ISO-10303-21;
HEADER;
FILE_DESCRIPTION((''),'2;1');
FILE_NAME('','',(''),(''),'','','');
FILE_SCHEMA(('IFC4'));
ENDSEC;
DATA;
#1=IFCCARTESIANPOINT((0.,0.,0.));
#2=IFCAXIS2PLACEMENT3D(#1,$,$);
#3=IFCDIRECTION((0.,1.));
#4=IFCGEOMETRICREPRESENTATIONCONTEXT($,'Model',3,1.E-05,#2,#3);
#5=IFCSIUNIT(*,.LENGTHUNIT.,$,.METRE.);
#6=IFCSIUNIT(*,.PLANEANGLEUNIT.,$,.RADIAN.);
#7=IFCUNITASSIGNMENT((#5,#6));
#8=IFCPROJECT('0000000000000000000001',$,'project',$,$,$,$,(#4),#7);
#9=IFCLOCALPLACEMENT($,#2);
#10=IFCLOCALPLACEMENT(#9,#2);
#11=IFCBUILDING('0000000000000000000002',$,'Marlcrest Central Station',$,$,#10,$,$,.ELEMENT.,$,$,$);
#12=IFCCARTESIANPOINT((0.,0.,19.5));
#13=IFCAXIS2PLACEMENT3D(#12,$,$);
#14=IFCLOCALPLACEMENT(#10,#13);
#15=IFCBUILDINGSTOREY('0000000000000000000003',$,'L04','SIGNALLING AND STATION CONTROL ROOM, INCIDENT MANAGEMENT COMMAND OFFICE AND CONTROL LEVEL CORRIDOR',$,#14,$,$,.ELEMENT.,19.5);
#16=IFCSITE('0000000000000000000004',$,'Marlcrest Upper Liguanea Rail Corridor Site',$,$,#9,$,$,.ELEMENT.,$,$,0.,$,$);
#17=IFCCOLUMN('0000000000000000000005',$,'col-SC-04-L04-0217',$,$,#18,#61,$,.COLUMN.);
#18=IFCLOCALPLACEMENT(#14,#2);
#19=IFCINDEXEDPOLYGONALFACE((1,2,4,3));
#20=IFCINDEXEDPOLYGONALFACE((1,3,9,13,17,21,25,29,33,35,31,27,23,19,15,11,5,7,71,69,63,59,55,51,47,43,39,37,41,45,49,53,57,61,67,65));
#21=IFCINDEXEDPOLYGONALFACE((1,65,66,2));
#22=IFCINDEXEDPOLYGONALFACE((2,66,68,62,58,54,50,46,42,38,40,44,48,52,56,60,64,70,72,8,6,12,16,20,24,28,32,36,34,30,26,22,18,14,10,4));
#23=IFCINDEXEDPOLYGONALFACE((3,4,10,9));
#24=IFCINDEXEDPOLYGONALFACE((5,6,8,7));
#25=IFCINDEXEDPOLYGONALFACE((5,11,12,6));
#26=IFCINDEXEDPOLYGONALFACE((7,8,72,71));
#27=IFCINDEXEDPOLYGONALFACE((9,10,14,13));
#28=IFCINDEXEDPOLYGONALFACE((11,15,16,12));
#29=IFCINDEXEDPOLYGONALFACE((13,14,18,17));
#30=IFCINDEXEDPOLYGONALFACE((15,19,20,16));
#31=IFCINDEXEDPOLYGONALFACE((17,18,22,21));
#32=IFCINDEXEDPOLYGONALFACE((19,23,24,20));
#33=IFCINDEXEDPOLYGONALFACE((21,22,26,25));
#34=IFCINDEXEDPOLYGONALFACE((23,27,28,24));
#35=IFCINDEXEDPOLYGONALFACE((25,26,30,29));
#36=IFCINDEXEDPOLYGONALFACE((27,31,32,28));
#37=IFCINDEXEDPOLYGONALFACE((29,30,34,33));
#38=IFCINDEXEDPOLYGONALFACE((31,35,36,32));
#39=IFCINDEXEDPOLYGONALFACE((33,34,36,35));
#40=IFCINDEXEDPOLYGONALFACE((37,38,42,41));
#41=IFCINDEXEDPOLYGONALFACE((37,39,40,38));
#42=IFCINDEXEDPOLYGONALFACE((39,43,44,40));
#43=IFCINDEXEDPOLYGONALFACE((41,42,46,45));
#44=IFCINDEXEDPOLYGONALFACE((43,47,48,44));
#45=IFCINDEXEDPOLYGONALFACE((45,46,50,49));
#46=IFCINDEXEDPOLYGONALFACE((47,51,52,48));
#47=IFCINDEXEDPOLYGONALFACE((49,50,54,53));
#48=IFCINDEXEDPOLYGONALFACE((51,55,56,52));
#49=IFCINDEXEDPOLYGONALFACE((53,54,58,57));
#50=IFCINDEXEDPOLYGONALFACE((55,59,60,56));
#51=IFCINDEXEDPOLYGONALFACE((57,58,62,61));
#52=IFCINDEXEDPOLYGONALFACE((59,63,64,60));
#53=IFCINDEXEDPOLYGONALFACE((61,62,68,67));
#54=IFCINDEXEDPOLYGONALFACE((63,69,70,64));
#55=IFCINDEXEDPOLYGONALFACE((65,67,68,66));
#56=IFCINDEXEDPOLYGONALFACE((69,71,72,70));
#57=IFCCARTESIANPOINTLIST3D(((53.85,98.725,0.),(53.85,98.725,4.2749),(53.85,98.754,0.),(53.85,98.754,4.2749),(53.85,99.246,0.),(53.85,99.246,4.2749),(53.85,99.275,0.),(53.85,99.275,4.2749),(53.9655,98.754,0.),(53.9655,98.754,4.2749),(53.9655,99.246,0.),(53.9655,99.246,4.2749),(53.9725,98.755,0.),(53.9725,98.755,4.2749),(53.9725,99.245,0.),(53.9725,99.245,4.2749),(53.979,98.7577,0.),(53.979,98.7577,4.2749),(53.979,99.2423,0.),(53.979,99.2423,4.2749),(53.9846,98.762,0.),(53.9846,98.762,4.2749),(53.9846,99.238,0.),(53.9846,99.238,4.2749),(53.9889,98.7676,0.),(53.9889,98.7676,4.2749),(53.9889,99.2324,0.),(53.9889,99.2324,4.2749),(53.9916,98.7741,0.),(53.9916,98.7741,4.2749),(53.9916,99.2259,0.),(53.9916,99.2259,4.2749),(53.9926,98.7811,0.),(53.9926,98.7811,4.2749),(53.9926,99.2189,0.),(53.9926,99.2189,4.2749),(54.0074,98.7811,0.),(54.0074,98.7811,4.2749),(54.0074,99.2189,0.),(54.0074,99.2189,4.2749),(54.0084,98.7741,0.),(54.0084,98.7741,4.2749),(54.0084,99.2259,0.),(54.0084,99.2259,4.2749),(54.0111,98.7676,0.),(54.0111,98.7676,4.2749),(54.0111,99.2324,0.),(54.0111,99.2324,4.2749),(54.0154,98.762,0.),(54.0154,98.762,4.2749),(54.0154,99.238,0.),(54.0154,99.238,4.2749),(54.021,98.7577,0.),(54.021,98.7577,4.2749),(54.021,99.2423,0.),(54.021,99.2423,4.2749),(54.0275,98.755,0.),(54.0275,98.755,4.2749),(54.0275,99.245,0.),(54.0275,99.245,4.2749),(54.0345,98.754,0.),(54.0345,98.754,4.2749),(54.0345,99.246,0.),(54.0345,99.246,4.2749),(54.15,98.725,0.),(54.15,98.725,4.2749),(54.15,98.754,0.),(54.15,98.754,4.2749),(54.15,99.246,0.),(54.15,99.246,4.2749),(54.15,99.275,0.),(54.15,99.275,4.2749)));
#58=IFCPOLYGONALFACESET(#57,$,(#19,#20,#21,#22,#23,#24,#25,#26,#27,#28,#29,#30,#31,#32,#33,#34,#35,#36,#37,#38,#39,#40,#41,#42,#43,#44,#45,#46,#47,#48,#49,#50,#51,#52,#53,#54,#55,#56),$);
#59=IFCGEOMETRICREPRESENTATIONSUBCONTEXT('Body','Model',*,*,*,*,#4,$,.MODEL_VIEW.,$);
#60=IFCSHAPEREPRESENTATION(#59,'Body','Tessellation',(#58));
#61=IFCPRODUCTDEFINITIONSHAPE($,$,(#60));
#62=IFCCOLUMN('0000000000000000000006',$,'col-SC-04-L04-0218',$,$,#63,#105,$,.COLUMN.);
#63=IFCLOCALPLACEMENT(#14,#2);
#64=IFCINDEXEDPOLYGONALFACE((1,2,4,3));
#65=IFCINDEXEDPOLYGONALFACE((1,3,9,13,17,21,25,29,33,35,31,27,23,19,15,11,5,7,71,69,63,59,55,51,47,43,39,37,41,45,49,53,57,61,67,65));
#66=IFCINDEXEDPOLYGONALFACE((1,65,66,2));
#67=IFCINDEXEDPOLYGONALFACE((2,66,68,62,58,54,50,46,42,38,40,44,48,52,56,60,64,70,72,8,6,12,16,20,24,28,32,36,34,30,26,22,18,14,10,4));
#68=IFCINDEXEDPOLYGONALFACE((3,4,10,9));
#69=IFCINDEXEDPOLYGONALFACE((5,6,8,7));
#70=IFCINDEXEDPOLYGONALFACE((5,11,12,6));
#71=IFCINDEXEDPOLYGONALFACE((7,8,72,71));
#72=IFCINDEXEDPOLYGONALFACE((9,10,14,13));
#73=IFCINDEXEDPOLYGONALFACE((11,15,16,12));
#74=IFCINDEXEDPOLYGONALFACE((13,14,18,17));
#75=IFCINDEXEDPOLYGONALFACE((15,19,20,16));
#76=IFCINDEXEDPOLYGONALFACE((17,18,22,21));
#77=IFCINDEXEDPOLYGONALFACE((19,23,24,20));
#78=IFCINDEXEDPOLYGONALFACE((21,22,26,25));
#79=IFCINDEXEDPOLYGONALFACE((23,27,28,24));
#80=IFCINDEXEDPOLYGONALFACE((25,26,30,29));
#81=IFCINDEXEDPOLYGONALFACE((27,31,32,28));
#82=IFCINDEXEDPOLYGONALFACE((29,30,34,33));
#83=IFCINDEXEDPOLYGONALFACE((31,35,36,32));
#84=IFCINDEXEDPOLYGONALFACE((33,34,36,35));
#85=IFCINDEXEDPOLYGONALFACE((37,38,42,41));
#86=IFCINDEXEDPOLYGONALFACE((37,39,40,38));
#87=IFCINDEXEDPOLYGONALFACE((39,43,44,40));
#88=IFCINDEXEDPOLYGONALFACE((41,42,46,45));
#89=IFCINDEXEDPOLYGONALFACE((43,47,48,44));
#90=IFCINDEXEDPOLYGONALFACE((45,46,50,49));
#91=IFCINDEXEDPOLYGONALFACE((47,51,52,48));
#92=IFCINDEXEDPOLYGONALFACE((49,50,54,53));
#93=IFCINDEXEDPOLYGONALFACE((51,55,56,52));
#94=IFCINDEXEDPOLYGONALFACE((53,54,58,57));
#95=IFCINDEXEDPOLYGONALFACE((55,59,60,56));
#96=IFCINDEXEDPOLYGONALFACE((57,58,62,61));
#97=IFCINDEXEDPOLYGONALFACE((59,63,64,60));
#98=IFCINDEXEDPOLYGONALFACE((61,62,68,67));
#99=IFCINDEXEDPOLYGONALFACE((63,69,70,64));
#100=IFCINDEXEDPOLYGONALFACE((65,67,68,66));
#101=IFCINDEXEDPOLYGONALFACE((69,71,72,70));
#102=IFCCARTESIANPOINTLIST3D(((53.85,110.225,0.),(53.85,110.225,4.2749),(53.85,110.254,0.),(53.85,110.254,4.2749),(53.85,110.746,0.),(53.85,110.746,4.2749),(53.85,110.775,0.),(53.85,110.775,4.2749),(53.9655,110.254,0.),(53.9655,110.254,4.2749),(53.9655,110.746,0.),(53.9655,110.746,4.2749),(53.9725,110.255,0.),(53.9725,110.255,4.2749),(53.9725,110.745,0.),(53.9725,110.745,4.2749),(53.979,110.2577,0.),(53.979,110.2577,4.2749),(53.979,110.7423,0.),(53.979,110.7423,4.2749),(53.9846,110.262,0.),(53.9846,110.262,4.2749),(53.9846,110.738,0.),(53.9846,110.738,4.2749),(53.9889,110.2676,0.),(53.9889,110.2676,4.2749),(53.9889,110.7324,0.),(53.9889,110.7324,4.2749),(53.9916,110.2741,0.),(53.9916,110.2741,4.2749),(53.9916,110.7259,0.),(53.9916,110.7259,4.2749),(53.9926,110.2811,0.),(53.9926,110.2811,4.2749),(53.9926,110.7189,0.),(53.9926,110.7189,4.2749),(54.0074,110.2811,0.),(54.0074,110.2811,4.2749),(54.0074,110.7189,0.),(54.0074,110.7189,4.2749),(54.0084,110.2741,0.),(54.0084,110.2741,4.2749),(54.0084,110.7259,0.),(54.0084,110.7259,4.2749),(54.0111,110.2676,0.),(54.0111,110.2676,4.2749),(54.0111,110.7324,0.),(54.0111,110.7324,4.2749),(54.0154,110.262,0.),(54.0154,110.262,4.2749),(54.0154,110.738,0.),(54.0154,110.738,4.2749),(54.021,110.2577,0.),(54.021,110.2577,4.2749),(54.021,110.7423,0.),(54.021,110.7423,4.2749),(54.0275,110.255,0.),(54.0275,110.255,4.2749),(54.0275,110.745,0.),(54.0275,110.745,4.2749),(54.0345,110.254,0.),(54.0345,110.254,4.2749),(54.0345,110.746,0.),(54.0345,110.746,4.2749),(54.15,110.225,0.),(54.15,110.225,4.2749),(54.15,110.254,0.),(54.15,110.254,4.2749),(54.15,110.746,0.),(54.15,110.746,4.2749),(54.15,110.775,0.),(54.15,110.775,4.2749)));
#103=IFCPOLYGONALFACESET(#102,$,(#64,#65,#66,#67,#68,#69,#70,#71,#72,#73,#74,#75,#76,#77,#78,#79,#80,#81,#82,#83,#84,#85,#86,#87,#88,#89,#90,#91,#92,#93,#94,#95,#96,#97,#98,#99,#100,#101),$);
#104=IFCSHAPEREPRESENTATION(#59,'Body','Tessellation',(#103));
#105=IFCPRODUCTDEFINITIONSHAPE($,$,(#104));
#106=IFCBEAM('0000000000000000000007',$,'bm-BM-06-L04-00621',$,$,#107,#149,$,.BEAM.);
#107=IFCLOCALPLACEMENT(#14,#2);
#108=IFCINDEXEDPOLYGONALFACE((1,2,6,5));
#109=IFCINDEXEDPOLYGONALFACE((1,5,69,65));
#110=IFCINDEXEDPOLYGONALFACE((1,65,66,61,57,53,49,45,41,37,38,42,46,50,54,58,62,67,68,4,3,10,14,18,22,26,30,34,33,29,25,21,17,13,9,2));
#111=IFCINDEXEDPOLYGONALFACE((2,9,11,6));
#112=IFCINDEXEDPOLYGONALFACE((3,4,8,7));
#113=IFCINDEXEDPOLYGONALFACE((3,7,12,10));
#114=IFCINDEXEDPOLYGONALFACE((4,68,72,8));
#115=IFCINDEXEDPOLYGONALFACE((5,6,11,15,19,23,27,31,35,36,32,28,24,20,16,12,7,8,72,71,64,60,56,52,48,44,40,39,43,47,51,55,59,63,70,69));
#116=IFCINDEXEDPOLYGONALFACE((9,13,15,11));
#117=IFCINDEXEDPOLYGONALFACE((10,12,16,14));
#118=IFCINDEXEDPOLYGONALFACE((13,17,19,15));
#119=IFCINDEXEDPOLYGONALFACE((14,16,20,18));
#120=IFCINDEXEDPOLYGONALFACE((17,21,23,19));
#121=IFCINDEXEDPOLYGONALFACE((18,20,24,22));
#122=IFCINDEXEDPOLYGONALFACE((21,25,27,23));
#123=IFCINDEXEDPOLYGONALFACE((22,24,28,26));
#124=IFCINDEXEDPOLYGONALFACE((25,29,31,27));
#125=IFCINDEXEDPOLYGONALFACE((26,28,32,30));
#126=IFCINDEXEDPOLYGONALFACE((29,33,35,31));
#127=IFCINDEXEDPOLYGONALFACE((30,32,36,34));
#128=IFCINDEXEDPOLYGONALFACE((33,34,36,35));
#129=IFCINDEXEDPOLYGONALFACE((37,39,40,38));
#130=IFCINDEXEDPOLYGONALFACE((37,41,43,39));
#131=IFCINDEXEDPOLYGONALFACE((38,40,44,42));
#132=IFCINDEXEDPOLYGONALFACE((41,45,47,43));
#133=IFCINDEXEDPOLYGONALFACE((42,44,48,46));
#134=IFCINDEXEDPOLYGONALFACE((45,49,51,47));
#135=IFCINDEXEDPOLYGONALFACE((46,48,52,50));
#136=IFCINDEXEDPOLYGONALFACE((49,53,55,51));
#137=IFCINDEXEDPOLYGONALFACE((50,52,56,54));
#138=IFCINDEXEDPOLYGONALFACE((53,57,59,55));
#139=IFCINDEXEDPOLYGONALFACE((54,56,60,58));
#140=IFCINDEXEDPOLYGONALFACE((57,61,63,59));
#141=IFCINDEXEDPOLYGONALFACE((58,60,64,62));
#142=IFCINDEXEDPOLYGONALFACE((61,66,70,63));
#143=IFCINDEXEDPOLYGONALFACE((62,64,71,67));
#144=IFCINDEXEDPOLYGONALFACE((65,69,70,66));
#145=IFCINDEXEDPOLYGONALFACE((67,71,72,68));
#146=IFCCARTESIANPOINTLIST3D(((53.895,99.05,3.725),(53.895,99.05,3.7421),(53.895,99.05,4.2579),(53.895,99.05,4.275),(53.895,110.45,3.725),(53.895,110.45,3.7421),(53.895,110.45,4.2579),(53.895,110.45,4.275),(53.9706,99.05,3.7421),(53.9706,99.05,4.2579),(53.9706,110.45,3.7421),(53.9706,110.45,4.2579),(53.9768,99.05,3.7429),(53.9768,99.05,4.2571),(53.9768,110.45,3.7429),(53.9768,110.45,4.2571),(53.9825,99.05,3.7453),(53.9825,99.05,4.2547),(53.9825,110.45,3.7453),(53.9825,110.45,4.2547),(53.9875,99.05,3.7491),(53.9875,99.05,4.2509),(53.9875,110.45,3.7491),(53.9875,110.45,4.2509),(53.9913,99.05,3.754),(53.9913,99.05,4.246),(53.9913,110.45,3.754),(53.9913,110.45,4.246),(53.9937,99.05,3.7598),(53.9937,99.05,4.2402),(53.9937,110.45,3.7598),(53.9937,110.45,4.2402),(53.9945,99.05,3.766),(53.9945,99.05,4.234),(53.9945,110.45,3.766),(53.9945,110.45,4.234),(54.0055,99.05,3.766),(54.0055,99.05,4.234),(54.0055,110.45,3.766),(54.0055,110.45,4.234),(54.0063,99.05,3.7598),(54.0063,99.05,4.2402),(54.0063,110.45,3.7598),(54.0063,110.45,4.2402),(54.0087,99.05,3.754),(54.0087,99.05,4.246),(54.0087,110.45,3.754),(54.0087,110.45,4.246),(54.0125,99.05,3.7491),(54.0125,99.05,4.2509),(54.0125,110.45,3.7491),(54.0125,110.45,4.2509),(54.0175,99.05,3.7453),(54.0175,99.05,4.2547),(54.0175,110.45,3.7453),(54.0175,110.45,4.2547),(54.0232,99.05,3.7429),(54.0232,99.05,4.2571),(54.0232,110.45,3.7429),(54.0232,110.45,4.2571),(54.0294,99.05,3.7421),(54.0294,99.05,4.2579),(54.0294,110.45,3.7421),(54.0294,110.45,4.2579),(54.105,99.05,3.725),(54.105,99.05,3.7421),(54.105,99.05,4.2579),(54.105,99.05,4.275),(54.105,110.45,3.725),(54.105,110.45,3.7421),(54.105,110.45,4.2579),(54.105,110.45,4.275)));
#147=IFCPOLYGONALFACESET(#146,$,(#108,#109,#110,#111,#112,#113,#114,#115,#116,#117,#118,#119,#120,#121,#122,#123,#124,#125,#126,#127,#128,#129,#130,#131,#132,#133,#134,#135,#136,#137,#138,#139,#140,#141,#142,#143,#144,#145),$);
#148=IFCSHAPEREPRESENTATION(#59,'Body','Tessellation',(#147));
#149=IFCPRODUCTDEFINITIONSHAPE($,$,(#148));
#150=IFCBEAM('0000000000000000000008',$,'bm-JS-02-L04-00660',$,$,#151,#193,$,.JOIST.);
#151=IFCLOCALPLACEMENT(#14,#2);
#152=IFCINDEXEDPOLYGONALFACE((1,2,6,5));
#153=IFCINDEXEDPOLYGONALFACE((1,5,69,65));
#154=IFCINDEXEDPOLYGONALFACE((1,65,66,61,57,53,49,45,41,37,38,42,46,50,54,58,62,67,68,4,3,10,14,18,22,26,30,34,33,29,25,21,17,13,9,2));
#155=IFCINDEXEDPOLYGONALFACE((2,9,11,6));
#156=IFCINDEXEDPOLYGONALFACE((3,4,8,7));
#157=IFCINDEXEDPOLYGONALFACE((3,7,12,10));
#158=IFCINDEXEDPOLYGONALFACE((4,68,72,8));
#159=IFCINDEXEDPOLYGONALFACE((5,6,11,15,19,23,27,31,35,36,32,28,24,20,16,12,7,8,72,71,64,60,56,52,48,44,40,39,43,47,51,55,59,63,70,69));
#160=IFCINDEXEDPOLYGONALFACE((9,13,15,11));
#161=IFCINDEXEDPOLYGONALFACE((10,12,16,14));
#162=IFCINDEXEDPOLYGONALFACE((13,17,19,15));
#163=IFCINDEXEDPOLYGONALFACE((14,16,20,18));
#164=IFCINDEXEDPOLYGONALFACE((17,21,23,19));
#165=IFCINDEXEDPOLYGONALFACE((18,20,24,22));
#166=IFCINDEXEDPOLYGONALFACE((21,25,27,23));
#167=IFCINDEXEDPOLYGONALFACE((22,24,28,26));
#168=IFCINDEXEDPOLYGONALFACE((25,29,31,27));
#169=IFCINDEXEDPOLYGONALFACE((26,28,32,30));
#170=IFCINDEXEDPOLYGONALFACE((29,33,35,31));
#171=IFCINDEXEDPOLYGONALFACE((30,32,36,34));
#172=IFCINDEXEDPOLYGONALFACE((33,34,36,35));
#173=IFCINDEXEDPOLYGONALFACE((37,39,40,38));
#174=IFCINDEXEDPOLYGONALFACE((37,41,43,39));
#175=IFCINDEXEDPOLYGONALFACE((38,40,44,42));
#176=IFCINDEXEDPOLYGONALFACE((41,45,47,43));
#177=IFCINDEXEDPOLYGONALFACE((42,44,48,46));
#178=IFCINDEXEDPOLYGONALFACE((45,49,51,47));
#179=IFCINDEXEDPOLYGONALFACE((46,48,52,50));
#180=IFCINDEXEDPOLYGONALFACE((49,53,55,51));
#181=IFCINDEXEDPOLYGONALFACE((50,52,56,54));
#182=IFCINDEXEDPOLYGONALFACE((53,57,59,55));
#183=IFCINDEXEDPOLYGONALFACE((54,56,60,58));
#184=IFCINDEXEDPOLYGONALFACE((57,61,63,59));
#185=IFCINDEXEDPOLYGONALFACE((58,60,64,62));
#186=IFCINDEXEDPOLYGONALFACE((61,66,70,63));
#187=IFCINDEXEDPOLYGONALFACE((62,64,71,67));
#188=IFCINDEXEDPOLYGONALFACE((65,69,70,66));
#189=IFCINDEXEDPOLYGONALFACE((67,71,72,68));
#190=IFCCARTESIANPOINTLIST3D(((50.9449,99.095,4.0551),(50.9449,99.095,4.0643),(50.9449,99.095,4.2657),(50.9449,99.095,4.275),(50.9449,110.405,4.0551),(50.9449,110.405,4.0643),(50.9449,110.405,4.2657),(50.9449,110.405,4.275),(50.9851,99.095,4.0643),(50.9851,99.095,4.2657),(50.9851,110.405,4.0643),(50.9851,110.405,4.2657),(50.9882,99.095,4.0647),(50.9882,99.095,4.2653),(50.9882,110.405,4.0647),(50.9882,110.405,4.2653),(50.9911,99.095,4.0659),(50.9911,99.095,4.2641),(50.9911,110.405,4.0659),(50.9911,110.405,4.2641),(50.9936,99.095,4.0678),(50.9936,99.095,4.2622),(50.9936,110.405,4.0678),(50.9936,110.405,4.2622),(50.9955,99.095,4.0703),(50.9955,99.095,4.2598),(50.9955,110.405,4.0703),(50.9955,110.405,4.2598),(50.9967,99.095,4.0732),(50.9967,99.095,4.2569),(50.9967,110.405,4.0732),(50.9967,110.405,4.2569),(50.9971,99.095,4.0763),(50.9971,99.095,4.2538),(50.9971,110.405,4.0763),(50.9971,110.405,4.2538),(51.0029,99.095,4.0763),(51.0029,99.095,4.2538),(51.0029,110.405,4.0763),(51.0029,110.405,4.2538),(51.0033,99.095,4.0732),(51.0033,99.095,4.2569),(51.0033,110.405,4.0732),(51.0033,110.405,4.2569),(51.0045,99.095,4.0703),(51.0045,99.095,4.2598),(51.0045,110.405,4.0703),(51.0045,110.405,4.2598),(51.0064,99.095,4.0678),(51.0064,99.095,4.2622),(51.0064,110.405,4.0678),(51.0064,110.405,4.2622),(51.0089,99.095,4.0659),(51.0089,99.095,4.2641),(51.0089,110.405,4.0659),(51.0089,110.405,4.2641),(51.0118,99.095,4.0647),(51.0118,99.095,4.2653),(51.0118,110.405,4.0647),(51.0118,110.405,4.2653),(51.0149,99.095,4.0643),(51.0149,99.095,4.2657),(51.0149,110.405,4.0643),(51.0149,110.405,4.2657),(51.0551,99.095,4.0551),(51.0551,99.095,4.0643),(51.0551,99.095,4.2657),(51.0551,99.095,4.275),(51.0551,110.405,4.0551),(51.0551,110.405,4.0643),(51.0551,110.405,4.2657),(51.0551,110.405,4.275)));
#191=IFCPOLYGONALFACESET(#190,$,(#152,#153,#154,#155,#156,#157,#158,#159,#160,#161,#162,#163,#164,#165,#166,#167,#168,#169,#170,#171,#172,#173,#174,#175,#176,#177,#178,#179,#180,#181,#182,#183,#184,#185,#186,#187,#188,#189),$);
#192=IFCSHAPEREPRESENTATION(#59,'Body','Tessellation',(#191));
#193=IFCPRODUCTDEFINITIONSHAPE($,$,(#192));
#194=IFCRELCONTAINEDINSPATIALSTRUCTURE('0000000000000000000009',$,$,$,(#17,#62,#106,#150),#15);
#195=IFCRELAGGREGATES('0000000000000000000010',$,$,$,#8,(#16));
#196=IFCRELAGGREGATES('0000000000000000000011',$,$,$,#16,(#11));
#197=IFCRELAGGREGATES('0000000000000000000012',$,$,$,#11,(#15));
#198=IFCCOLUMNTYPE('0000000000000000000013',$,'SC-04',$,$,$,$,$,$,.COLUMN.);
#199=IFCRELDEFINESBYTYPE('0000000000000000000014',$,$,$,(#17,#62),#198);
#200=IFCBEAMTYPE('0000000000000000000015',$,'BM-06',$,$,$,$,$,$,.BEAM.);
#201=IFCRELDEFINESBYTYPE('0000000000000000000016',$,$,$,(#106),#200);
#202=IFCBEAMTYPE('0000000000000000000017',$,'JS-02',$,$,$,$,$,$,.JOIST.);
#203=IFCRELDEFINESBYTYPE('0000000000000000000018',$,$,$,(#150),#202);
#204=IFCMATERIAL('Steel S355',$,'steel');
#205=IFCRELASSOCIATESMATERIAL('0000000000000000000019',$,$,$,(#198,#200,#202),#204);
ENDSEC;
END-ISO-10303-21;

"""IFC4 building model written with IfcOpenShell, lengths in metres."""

from ifc_helpers import new_model, si_unit, direction, frame, origin, origin_2d, place, context, subcontext, project, spatial, i_section, extrude, material, material_profile, profile_set, type_object, element, save


model = new_model("IFC4")

# Units and contexts
model_context = context("Model", 3, precision=1e-05, world=origin(), true_north=direction((0.0, 1.0)))
body_context = subcontext(model_context, "Body", "Model", "MODEL_VIEW")
ifc_project = project(units=[si_unit("LENGTHUNIT", "METRE"), si_unit("PLANEANGLEUNIT", "RADIAN")], contexts=[model_context])

# Site, building, storey
site_placement = place(None, origin())
site = spatial("IfcSite", under=ifc_project, at=site_placement, Name="Marlcrest Upper Liguanea Rail Corridor Site", CompositionType="ELEMENT", RefElevation=0.0)
building_placement = place(site_placement, origin())
building = spatial("IfcBuilding", under=site, at=building_placement, Name="Marlcrest Central Station", CompositionType="ELEMENT")
storey_placement = place(building_placement, frame((0.0, 0.0, 19.5)))
storey = spatial("IfcBuildingStorey", under=building, at=storey_placement, Name="L04", Description="SIGNALLING AND STATION CONTROL ROOM, INCIDENT MANAGEMENT COMMAND OFFICE AND CONTROL LEVEL CORRIDOR", CompositionType="ELEMENT", Elevation=19.5)

# Columns
ifc_material_1 = material(Name="Steel S355", Category="steel")
ifc_material_profile_1 = material_profile(ifc_material_1, i_section(OverallWidth=0.3, OverallDepth=0.55, WebThickness=0.0149, FlangeThickness=0.0291, FilletRadius=0.0271, at=origin_2d()), Name="HEB 550")
ifc_profile_set_1 = profile_set([ifc_material_profile_1], Name="Steel S355")
column_type = type_object("IfcColumnType", Name="SC-04", PredefinedType="COLUMN", material=ifc_profile_set_1)
for number, where, z_axis, x_axis, name in (
    (1, (54.0, 99.0, 0.0), (0.0, 0.0, 1.0), (1.0, 0.0, 0.0), "col-SC-04-L04-0217"),
    (2, (54.0, 110.5, 0.0), (0.0, 0.0, 1.0), (1.0, 0.0, 0.0), "col-SC-04-L04-0218"),
):
    element("IfcColumn", number, at=place(storey_placement, frame(where, z_axis=z_axis, x_axis=x_axis)), inside=storey, type_object=column_type, Name=name, PredefinedType="COLUMN", context=body_context, shape_type="SweptSolid", body=[
        extrude(i_section(OverallWidth=0.3, OverallDepth=0.55, WebThickness=0.0149, FlangeThickness=0.0291, FilletRadius=0.0271, at=origin_2d()), origin(), (0.0, 0.0, 1.0), 4.2749),
    ])

# Beams
ifc_material_profile_2 = material_profile(ifc_material_1, i_section(OverallWidth=0.21, OverallDepth=0.55, WebThickness=0.011, FlangeThickness=0.0171, FilletRadius=0.0239, at=origin_2d()), Name="IPE 550")
ifc_profile_set_2 = profile_set([ifc_material_profile_2], Name="Steel S355")
beam_type_1 = type_object("IfcBeamType", Name="BM-06", PredefinedType="BEAM", material=ifc_profile_set_2)
beam_1_placement = place(storey_placement, frame((54.0, 99.05, 4.0), z_axis=(0.0, 1.0, 0.0), x_axis=(-1.0, 0.0, 0.0)))
element("IfcBeam", 3, at=beam_1_placement, inside=storey, type_object=beam_type_1, Name="bm-BM-06-L04-00621", PredefinedType="BEAM", context=body_context, shape_type="SweptSolid", body=[
    extrude(i_section(OverallWidth=0.21, OverallDepth=0.55, WebThickness=0.011, FlangeThickness=0.0171, FilletRadius=0.0239, at=origin_2d()), origin(), (0.0, 0.0, 1.0), 11.3999),
])
ifc_material_profile_3 = material_profile(ifc_material_1, i_section(OverallWidth=0.1101, OverallDepth=0.22, WebThickness=0.0059, FlangeThickness=0.0093, FilletRadius=0.012, at=origin_2d()), Name="IPE 220")
ifc_profile_set_3 = profile_set([ifc_material_profile_3], Name="Steel S355")
beam_type_2 = type_object("IfcBeamType", Name="JS-02", PredefinedType="JOIST", material=ifc_profile_set_3)
for number, where, z_axis, x_axis, name in (
    (4, (51.0, 99.095, 4.165), (0.0, 1.0, 0.0), (-1.0, 0.0, 0.0), "bm-JS-02-L04-00660"),
):
    element("IfcBeam", number, at=place(storey_placement, frame(where, z_axis=z_axis, x_axis=x_axis)), inside=storey, type_object=beam_type_2, Name=name, PredefinedType="JOIST", context=body_context, shape_type="SweptSolid", body=[
        extrude(i_section(OverallWidth=0.1101, OverallDepth=0.22, WebThickness=0.0059, FlangeThickness=0.0093, FilletRadius=0.012, at=origin_2d()), origin(), (0.0, 0.0, 1.0), 11.3101),
    ])

save(model, "model.ifc")
